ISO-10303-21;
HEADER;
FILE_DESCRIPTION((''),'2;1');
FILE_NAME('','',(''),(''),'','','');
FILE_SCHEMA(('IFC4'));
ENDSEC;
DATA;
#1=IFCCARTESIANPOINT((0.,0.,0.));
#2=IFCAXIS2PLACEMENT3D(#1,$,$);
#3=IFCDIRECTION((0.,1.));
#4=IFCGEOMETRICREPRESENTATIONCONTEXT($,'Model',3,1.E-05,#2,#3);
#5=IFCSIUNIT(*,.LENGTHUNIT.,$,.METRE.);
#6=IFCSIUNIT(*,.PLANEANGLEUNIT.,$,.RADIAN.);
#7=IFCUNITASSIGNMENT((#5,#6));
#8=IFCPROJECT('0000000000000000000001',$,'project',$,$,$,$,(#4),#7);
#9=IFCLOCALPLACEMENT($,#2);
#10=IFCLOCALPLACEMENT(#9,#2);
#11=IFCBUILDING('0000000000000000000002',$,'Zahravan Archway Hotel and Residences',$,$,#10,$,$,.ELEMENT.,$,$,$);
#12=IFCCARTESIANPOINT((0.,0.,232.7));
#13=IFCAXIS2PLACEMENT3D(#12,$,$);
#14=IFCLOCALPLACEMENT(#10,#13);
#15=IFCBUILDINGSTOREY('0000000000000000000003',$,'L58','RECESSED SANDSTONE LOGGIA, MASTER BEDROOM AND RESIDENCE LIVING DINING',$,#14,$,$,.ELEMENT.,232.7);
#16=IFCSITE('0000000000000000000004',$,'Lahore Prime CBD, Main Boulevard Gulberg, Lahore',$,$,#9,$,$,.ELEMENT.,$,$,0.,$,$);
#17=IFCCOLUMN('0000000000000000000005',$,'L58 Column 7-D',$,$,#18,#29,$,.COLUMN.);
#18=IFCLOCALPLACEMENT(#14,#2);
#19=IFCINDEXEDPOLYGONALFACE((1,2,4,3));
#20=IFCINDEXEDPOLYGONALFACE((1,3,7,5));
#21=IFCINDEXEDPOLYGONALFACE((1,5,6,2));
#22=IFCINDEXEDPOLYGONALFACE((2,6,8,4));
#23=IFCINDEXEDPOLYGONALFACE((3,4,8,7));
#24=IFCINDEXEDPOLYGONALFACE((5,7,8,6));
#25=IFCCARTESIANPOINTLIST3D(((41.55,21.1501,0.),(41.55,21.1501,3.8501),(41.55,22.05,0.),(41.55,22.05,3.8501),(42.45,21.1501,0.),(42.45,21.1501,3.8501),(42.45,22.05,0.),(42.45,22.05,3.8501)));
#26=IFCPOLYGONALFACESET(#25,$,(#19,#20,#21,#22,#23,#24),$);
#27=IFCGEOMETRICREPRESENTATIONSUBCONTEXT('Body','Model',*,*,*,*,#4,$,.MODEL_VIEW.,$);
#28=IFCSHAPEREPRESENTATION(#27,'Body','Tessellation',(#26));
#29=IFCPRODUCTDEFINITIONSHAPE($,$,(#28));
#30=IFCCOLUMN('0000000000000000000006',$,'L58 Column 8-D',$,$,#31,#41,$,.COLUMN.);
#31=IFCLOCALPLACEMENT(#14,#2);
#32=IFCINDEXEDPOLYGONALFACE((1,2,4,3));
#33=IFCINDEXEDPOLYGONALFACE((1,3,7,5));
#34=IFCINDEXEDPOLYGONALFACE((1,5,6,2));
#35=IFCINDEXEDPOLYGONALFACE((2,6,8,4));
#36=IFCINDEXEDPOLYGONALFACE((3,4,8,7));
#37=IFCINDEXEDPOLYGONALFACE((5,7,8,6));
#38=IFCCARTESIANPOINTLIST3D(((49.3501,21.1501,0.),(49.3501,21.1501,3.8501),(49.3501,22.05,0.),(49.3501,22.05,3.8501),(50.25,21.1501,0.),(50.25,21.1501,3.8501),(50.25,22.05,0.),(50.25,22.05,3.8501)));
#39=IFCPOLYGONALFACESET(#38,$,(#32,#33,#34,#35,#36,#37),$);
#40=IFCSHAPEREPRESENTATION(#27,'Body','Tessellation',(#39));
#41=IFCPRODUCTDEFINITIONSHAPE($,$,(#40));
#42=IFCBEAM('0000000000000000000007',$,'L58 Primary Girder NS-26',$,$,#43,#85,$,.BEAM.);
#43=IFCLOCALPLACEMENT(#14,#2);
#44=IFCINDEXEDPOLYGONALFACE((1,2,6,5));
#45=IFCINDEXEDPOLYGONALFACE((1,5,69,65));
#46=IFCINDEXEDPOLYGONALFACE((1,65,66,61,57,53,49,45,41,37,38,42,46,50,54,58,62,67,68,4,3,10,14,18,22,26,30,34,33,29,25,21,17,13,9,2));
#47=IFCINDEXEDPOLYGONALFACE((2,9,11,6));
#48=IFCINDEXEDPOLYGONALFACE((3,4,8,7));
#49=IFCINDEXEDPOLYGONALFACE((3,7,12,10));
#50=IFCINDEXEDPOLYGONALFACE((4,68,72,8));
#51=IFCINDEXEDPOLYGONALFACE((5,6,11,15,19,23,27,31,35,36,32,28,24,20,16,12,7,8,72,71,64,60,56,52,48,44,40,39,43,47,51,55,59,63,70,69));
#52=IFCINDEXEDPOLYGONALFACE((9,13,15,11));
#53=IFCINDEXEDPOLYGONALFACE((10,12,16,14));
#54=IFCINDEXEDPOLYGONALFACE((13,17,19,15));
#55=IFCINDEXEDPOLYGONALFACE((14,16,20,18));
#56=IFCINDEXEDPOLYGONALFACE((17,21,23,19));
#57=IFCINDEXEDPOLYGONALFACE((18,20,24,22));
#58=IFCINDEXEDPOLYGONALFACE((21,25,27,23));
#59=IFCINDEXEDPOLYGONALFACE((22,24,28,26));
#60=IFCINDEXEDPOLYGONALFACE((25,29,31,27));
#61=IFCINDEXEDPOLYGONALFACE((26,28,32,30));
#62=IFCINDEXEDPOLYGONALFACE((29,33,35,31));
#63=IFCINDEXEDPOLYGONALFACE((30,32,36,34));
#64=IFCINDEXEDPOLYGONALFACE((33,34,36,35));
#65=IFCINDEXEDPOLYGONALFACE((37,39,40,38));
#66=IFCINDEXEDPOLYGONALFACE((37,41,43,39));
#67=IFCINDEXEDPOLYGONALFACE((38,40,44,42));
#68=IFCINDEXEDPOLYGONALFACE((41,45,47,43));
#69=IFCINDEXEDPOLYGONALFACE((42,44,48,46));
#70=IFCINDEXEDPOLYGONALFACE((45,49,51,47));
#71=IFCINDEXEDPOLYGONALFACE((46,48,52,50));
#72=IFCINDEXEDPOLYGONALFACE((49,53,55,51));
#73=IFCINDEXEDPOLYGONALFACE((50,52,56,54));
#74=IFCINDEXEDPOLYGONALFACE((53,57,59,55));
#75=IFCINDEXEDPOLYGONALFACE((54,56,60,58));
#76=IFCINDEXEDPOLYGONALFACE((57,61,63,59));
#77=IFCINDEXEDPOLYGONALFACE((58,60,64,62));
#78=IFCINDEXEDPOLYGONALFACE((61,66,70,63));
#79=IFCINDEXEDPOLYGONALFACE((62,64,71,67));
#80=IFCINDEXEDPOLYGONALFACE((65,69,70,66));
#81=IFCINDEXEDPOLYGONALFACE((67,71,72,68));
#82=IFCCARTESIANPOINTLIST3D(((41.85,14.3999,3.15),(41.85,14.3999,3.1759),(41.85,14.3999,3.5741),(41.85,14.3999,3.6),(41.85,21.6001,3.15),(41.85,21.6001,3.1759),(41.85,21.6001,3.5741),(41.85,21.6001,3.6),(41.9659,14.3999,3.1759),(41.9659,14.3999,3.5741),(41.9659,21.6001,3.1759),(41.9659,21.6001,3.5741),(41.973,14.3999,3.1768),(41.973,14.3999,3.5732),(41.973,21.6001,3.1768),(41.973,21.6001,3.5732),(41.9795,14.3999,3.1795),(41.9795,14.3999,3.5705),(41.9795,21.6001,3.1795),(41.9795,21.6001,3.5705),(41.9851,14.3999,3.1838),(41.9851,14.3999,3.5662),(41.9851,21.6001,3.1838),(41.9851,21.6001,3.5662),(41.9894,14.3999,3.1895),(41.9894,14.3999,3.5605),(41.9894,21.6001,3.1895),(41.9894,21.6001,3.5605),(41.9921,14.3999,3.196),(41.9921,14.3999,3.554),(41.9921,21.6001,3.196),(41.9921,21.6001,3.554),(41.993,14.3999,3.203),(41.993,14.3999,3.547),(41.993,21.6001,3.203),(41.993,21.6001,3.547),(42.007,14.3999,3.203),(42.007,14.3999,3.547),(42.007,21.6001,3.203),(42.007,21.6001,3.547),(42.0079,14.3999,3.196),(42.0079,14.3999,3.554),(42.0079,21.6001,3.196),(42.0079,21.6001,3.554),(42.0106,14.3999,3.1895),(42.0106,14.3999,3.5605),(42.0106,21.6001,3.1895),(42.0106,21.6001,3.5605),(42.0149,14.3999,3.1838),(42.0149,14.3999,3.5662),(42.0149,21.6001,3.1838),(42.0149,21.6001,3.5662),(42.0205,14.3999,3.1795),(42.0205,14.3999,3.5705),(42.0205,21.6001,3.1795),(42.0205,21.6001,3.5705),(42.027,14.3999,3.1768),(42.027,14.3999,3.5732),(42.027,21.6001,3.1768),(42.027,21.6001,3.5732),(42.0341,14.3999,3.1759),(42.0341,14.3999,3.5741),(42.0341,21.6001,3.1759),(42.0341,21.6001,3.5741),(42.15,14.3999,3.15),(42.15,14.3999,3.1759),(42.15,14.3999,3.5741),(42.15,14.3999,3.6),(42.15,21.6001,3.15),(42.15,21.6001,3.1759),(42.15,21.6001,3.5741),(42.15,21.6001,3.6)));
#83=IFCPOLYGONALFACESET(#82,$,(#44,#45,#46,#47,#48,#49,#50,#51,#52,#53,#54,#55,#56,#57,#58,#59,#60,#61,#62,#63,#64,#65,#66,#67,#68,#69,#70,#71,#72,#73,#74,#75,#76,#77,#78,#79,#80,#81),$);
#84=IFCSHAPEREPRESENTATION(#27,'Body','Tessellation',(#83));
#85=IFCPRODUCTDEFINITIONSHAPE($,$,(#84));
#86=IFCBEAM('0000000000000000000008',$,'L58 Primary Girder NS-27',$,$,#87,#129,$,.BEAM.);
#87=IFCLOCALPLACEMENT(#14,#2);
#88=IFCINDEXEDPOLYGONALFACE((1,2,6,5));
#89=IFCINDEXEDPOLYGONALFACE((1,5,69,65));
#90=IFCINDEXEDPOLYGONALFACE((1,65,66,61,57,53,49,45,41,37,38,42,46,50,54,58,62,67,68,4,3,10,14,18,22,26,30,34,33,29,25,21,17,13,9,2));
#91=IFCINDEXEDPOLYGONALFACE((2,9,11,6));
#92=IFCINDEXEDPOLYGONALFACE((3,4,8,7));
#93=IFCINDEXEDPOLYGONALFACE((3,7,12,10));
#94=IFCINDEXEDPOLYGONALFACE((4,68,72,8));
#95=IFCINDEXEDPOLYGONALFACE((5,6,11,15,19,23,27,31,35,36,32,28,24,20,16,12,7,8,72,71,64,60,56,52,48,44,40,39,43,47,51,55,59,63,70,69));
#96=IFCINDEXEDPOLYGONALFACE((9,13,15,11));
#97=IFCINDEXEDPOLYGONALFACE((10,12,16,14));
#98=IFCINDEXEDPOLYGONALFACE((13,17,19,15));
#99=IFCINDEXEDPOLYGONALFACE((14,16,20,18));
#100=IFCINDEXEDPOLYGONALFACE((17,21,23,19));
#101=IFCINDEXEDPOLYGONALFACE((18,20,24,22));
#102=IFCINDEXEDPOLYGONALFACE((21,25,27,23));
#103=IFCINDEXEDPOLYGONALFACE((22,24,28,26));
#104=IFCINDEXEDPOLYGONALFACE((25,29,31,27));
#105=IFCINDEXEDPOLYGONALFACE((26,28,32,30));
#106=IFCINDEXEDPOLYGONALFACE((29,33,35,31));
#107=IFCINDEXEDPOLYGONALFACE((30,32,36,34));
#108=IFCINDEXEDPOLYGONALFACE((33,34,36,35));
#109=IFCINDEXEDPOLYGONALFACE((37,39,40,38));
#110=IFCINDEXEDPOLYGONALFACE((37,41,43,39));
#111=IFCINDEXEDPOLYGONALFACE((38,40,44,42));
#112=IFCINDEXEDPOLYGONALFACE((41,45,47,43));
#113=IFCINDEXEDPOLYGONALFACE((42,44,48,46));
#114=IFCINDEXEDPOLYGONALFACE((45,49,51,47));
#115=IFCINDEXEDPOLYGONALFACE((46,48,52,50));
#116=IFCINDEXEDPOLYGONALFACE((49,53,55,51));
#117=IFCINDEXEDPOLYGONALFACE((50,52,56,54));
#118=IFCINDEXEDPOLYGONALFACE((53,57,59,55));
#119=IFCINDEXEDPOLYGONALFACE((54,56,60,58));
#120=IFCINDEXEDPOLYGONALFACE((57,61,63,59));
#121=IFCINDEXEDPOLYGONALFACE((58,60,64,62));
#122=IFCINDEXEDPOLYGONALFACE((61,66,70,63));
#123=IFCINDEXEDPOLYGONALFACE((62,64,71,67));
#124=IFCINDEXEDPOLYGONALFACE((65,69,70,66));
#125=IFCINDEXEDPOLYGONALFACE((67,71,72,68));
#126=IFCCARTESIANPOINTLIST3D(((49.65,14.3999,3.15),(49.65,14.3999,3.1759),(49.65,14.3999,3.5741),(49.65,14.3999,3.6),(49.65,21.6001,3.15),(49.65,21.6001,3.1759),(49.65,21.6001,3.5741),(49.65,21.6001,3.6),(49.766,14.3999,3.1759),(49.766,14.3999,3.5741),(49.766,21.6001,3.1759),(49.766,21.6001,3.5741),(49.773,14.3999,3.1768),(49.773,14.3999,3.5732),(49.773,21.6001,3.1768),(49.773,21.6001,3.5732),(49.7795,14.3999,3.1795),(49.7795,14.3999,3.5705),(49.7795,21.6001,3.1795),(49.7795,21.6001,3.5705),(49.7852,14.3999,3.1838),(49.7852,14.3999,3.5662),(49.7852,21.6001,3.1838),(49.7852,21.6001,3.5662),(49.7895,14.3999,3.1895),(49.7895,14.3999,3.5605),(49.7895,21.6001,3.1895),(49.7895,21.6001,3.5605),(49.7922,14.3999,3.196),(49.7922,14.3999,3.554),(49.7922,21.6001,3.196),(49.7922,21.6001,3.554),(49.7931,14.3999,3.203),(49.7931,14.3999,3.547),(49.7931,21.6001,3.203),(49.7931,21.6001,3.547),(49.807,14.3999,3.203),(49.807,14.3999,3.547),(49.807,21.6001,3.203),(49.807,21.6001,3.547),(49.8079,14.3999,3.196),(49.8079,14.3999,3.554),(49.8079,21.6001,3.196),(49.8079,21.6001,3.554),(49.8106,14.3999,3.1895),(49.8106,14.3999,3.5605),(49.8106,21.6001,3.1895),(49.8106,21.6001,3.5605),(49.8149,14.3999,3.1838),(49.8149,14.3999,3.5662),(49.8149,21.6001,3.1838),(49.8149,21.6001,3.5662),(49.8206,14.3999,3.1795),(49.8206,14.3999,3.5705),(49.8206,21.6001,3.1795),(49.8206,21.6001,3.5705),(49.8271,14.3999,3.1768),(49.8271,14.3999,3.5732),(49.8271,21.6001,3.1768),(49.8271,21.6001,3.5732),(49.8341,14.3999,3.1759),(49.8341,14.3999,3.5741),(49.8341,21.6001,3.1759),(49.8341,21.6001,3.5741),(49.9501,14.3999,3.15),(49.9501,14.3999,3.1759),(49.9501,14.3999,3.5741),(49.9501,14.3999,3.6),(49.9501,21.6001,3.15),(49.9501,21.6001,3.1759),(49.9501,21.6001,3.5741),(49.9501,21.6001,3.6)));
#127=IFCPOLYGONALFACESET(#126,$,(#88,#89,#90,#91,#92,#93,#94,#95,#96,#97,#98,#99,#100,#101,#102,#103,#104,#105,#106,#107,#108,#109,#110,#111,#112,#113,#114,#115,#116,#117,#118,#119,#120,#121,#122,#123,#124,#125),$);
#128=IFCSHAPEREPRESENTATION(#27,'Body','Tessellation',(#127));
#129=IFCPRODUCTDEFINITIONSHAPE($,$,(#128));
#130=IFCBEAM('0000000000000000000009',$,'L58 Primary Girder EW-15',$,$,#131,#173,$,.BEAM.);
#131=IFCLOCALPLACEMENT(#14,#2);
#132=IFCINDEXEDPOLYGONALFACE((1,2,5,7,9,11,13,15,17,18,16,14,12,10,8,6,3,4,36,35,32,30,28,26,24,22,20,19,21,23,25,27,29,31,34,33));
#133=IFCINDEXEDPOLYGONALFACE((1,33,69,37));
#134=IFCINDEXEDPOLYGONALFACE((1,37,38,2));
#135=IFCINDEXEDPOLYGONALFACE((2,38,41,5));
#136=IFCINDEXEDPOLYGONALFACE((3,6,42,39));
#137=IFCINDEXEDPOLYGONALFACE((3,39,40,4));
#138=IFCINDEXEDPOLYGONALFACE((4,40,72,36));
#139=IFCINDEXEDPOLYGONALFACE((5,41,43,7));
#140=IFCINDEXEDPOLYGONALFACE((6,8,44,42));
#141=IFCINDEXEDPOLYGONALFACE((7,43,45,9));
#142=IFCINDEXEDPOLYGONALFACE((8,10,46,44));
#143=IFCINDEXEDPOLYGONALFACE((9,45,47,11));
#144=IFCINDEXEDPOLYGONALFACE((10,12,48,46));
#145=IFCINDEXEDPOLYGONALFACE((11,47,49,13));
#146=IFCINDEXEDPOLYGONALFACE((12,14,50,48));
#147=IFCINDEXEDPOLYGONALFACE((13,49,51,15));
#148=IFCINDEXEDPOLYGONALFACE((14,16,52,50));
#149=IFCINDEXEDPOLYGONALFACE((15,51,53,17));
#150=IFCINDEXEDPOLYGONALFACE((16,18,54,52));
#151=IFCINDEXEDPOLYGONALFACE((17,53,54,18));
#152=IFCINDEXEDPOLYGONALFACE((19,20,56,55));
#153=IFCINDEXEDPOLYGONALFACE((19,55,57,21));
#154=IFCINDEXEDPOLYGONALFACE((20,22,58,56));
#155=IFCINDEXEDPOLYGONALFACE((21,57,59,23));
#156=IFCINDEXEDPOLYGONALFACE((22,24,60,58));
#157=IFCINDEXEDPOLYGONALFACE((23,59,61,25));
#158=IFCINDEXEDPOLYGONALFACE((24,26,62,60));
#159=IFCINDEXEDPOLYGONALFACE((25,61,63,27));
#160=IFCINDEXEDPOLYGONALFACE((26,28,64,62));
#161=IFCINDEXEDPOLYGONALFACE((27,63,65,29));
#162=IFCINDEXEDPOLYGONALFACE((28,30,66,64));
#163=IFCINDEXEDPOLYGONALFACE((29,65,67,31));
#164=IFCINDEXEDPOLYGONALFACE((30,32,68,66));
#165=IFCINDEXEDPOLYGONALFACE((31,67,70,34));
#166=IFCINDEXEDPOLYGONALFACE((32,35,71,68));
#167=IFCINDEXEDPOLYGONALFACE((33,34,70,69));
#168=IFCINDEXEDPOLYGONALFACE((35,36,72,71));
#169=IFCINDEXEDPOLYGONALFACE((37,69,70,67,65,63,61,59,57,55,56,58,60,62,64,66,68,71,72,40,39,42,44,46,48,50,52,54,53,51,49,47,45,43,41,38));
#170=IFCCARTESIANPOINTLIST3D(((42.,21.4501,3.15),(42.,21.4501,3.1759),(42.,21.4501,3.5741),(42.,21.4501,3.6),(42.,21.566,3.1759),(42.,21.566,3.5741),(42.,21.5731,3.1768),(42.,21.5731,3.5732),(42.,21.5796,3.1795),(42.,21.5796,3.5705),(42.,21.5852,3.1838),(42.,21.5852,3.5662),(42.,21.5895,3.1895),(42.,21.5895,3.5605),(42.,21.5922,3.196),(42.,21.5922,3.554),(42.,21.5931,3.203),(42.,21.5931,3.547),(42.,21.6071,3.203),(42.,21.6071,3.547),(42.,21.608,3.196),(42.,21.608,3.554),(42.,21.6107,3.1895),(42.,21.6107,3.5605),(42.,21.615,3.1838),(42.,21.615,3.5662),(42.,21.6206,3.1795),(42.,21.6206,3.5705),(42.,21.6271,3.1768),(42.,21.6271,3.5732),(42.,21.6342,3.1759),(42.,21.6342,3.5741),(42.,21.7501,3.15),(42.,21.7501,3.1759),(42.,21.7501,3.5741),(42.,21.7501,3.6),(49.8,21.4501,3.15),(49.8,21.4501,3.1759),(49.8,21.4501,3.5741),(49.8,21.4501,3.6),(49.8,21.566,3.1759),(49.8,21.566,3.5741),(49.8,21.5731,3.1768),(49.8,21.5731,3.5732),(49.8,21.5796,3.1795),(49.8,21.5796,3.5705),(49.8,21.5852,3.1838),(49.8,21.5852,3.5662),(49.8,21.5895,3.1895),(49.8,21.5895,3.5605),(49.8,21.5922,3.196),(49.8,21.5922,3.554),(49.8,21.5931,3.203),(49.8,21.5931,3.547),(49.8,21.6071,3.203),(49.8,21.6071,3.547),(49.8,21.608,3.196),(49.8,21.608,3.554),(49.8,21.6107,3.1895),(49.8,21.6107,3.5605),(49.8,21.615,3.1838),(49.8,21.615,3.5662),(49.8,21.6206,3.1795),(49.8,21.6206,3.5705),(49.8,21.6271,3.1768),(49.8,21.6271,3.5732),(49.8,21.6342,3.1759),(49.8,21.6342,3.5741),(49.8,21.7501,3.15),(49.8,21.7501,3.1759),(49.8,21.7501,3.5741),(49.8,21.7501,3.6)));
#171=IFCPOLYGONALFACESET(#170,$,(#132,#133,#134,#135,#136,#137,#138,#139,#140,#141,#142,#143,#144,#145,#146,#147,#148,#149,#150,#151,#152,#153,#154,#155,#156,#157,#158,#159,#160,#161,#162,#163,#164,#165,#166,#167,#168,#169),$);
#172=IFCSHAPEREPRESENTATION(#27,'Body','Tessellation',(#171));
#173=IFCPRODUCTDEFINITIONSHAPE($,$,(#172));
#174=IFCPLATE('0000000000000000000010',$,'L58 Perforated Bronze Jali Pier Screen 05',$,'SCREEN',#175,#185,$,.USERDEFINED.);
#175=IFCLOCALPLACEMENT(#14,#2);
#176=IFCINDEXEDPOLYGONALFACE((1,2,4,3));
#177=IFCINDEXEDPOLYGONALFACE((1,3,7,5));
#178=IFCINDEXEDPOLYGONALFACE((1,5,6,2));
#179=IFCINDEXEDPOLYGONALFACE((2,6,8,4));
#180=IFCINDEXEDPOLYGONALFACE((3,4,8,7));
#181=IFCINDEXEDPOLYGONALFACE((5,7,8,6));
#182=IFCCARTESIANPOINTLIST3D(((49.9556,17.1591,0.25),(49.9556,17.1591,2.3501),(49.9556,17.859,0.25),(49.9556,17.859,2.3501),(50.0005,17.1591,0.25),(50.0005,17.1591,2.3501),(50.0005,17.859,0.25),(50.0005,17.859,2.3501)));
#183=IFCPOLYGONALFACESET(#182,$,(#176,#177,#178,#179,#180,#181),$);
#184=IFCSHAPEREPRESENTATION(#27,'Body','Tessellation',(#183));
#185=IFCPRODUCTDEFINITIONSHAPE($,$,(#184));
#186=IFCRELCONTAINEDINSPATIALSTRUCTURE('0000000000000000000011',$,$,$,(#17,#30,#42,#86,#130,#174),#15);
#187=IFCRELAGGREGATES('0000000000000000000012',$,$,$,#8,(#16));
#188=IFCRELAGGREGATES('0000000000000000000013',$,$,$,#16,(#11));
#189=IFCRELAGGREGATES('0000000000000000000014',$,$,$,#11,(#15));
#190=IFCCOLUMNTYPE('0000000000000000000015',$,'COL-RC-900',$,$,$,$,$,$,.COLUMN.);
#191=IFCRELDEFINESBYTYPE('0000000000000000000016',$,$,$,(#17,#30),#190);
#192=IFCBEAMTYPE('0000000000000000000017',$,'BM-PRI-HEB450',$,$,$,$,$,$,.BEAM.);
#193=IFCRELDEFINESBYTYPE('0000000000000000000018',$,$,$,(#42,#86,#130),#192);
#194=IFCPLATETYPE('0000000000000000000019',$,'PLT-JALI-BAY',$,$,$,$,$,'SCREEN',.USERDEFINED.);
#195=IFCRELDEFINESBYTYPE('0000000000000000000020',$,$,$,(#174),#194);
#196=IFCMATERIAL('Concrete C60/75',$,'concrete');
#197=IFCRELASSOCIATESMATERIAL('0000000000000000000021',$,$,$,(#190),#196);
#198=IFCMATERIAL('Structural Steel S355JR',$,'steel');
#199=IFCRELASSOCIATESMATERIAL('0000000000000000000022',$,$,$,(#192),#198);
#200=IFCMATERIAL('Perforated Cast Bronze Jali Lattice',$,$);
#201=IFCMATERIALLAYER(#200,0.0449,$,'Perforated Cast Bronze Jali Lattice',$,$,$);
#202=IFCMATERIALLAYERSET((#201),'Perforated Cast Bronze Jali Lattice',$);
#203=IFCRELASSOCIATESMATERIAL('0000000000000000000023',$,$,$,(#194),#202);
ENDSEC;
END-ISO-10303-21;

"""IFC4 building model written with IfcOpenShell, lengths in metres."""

from ifc_helpers import new_model, si_unit, direction, frame, origin, origin_2d, place, context, subcontext, project, spatial, rectangle, i_section, extrude, source, transform, mapped, material, layer, layer_set, material_profile, profile_set, type_object, type_shapes, element, save


model = new_model("IFC4")

# Units and contexts
model_context = context("Model", 3, precision=1e-05, world=origin(), true_north=direction((0.0, 1.0)))
body_context = subcontext(model_context, "Body", "Model", "MODEL_VIEW")
ifc_project = project(units=[si_unit("LENGTHUNIT", "METRE"), si_unit("PLANEANGLEUNIT", "RADIAN")], contexts=[model_context])

# Site, building, storey
site_placement = place(None, origin())
site = spatial("IfcSite", under=ifc_project, at=site_placement, Name="Lahore Prime CBD, Main Boulevard Gulberg, Lahore", CompositionType="ELEMENT", RefElevation=0.0)
building_placement = place(site_placement, origin())
building = spatial("IfcBuilding", under=site, at=building_placement, Name="Zahravan Archway Hotel and Residences", CompositionType="ELEMENT")
storey_placement = place(building_placement, frame((0.0, 0.0, 232.7)))
storey = spatial("IfcBuildingStorey", under=building, at=storey_placement, Name="L58", Description="RECESSED SANDSTONE LOGGIA, MASTER BEDROOM AND RESIDENCE LIVING DINING", CompositionType="ELEMENT", Elevation=232.7)

# Columns
ifc_material_1 = material(Name="Concrete C60/75", Category="concrete")
ifc_material_profile_1 = material_profile(ifc_material_1, rectangle(XDim=0.8999, YDim=0.8999, at=origin_2d()), Name="RC-COL-900x900", Category="concrete")
ifc_profile_set_1 = profile_set([ifc_material_profile_1], Name="Concrete C60/75")
column_type = type_object("IfcColumnType", Name="COL-RC-900", PredefinedType="COLUMN", material=ifc_profile_set_1)
shared_shape_1 = source(origin(), body_context, "Body", "SweptSolid", [
    extrude(rectangle(XDim=0.8999, YDim=0.8999, at=origin_2d()), origin(), (0.0, 0.0, 1.0), 3.8501),
])
type_shapes(column_type, [shared_shape_1])
for number, where, z_axis, x_axis, name in (
    (1, (42.0, 21.6001, 0.0), (0.0, 0.0, 1.0), (1.0, 0.0, 0.0), "L58 Column 7-D"),
    (2, (49.8, 21.6001, 0.0), (0.0, 0.0, 1.0), (1.0, 0.0, 0.0), "L58 Column 8-D"),
):
    element("IfcColumn", number, at=place(storey_placement, frame(where, z_axis=z_axis, x_axis=x_axis)), inside=storey, type_object=column_type, Name=name, PredefinedType="COLUMN", context=body_context, shape_type="MappedRepresentation", body=[
        mapped(shared_shape_1, transform((0.0, 0.0, 0.0), scale=1.0)),
    ])

# Beams
ifc_material_2 = material(Name="Structural Steel S355JR", Category="steel")
ifc_material_profile_2 = material_profile(ifc_material_2, i_section(OverallWidth=0.3, OverallDepth=0.45, WebThickness=0.0139, FlangeThickness=0.0259, FilletRadius=0.0271, at=origin_2d()), Name="HEB 450", Category="steel")
ifc_profile_set_2 = profile_set([ifc_material_profile_2], Name="Structural Steel S355JR")
beam_type = type_object("IfcBeamType", Name="BM-PRI-HEB450", PredefinedType="BEAM", material=ifc_profile_set_2)
shared_shape_2 = source(origin(), body_context, "Body", "SweptSolid", [
    extrude(i_section(OverallWidth=0.3, OverallDepth=0.45, WebThickness=0.0139, FlangeThickness=0.0259, FilletRadius=0.0271, at=origin_2d()), origin(), (0.0, 0.0, 1.0), 7.2002),
])
type_shapes(beam_type, [shared_shape_2])
for number, where, z_axis, x_axis, name in (
    (3, (42.0, 14.3999, 3.375), (0.0, 1.0, 0.0), (-1.0, 0.0, 0.0), "L58 Primary Girder NS-26"),
    (4, (49.8, 14.3999, 3.375), (0.0, 1.0, 0.0), (-1.0, 0.0, 0.0), "L58 Primary Girder NS-27"),
):
    element("IfcBeam", number, at=place(storey_placement, frame(where, z_axis=z_axis, x_axis=x_axis)), inside=storey, type_object=beam_type, Name=name, PredefinedType="BEAM", context=body_context, shape_type="MappedRepresentation", body=[
        mapped(shared_shape_2, transform((0.0, 0.0, 0.0), scale=1.0)),
    ])
shared_shape_3 = source(origin(), body_context, "Body", "SweptSolid", [
    extrude(i_section(OverallWidth=0.3, OverallDepth=0.45, WebThickness=0.0139, FlangeThickness=0.0259, FilletRadius=0.0271, at=origin_2d()), origin(), (0.0, 0.0, 1.0), 7.8),
])
beam_placement = place(storey_placement, frame((42.0, 21.6001, 3.375), z_axis=(1.0, 0.0, 0.0), x_axis=(0.0, 1.0, 0.0)))
element("IfcBeam", 5, at=beam_placement, inside=storey, type_object=beam_type, Name="L58 Primary Girder EW-15", PredefinedType="BEAM", context=body_context, shape_type="MappedRepresentation", body=[
    mapped(shared_shape_3, transform((0.0, 0.0, 0.0), scale=1.0)),
])

# Plate
ifc_material_3 = material(Name="Perforated Cast Bronze Jali Lattice")
ifc_layer_1 = layer(ifc_material_3, 0.0449, Name="Perforated Cast Bronze Jali Lattice")
ifc_layer_set_1 = layer_set([ifc_layer_1], Name="Perforated Cast Bronze Jali Lattice")
plate_type = type_object("IfcPlateType", Name="PLT-JALI-BAY", ElementType="SCREEN", PredefinedType="USERDEFINED", material=ifc_layer_set_1)
shared_shape_4 = source(origin(), body_context, "Body", "SweptSolid", [
    extrude(rectangle(XDim=0.7, YDim=0.0449, at=origin_2d()), origin(), (0.0, 0.0, 1.0), 2.1001),
])
type_shapes(plate_type, [shared_shape_4])
plate_placement = place(storey_placement, frame((49.978, 17.509, 0.25), z_axis=(0.0, 0.0, 1.0), x_axis=(0.0, 1.0, 0.0)))
element("IfcPlate", 6, at=plate_placement, inside=storey, type_object=plate_type, Name="L58 Perforated Bronze Jali Pier Screen 05", ObjectType="SCREEN", PredefinedType="USERDEFINED", context=body_context, shape_type="MappedRepresentation", body=[
    mapped(shared_shape_4, transform((0.0, 0.0, 0.0), scale=1.0)),
])

save(model, "model.ifc")
